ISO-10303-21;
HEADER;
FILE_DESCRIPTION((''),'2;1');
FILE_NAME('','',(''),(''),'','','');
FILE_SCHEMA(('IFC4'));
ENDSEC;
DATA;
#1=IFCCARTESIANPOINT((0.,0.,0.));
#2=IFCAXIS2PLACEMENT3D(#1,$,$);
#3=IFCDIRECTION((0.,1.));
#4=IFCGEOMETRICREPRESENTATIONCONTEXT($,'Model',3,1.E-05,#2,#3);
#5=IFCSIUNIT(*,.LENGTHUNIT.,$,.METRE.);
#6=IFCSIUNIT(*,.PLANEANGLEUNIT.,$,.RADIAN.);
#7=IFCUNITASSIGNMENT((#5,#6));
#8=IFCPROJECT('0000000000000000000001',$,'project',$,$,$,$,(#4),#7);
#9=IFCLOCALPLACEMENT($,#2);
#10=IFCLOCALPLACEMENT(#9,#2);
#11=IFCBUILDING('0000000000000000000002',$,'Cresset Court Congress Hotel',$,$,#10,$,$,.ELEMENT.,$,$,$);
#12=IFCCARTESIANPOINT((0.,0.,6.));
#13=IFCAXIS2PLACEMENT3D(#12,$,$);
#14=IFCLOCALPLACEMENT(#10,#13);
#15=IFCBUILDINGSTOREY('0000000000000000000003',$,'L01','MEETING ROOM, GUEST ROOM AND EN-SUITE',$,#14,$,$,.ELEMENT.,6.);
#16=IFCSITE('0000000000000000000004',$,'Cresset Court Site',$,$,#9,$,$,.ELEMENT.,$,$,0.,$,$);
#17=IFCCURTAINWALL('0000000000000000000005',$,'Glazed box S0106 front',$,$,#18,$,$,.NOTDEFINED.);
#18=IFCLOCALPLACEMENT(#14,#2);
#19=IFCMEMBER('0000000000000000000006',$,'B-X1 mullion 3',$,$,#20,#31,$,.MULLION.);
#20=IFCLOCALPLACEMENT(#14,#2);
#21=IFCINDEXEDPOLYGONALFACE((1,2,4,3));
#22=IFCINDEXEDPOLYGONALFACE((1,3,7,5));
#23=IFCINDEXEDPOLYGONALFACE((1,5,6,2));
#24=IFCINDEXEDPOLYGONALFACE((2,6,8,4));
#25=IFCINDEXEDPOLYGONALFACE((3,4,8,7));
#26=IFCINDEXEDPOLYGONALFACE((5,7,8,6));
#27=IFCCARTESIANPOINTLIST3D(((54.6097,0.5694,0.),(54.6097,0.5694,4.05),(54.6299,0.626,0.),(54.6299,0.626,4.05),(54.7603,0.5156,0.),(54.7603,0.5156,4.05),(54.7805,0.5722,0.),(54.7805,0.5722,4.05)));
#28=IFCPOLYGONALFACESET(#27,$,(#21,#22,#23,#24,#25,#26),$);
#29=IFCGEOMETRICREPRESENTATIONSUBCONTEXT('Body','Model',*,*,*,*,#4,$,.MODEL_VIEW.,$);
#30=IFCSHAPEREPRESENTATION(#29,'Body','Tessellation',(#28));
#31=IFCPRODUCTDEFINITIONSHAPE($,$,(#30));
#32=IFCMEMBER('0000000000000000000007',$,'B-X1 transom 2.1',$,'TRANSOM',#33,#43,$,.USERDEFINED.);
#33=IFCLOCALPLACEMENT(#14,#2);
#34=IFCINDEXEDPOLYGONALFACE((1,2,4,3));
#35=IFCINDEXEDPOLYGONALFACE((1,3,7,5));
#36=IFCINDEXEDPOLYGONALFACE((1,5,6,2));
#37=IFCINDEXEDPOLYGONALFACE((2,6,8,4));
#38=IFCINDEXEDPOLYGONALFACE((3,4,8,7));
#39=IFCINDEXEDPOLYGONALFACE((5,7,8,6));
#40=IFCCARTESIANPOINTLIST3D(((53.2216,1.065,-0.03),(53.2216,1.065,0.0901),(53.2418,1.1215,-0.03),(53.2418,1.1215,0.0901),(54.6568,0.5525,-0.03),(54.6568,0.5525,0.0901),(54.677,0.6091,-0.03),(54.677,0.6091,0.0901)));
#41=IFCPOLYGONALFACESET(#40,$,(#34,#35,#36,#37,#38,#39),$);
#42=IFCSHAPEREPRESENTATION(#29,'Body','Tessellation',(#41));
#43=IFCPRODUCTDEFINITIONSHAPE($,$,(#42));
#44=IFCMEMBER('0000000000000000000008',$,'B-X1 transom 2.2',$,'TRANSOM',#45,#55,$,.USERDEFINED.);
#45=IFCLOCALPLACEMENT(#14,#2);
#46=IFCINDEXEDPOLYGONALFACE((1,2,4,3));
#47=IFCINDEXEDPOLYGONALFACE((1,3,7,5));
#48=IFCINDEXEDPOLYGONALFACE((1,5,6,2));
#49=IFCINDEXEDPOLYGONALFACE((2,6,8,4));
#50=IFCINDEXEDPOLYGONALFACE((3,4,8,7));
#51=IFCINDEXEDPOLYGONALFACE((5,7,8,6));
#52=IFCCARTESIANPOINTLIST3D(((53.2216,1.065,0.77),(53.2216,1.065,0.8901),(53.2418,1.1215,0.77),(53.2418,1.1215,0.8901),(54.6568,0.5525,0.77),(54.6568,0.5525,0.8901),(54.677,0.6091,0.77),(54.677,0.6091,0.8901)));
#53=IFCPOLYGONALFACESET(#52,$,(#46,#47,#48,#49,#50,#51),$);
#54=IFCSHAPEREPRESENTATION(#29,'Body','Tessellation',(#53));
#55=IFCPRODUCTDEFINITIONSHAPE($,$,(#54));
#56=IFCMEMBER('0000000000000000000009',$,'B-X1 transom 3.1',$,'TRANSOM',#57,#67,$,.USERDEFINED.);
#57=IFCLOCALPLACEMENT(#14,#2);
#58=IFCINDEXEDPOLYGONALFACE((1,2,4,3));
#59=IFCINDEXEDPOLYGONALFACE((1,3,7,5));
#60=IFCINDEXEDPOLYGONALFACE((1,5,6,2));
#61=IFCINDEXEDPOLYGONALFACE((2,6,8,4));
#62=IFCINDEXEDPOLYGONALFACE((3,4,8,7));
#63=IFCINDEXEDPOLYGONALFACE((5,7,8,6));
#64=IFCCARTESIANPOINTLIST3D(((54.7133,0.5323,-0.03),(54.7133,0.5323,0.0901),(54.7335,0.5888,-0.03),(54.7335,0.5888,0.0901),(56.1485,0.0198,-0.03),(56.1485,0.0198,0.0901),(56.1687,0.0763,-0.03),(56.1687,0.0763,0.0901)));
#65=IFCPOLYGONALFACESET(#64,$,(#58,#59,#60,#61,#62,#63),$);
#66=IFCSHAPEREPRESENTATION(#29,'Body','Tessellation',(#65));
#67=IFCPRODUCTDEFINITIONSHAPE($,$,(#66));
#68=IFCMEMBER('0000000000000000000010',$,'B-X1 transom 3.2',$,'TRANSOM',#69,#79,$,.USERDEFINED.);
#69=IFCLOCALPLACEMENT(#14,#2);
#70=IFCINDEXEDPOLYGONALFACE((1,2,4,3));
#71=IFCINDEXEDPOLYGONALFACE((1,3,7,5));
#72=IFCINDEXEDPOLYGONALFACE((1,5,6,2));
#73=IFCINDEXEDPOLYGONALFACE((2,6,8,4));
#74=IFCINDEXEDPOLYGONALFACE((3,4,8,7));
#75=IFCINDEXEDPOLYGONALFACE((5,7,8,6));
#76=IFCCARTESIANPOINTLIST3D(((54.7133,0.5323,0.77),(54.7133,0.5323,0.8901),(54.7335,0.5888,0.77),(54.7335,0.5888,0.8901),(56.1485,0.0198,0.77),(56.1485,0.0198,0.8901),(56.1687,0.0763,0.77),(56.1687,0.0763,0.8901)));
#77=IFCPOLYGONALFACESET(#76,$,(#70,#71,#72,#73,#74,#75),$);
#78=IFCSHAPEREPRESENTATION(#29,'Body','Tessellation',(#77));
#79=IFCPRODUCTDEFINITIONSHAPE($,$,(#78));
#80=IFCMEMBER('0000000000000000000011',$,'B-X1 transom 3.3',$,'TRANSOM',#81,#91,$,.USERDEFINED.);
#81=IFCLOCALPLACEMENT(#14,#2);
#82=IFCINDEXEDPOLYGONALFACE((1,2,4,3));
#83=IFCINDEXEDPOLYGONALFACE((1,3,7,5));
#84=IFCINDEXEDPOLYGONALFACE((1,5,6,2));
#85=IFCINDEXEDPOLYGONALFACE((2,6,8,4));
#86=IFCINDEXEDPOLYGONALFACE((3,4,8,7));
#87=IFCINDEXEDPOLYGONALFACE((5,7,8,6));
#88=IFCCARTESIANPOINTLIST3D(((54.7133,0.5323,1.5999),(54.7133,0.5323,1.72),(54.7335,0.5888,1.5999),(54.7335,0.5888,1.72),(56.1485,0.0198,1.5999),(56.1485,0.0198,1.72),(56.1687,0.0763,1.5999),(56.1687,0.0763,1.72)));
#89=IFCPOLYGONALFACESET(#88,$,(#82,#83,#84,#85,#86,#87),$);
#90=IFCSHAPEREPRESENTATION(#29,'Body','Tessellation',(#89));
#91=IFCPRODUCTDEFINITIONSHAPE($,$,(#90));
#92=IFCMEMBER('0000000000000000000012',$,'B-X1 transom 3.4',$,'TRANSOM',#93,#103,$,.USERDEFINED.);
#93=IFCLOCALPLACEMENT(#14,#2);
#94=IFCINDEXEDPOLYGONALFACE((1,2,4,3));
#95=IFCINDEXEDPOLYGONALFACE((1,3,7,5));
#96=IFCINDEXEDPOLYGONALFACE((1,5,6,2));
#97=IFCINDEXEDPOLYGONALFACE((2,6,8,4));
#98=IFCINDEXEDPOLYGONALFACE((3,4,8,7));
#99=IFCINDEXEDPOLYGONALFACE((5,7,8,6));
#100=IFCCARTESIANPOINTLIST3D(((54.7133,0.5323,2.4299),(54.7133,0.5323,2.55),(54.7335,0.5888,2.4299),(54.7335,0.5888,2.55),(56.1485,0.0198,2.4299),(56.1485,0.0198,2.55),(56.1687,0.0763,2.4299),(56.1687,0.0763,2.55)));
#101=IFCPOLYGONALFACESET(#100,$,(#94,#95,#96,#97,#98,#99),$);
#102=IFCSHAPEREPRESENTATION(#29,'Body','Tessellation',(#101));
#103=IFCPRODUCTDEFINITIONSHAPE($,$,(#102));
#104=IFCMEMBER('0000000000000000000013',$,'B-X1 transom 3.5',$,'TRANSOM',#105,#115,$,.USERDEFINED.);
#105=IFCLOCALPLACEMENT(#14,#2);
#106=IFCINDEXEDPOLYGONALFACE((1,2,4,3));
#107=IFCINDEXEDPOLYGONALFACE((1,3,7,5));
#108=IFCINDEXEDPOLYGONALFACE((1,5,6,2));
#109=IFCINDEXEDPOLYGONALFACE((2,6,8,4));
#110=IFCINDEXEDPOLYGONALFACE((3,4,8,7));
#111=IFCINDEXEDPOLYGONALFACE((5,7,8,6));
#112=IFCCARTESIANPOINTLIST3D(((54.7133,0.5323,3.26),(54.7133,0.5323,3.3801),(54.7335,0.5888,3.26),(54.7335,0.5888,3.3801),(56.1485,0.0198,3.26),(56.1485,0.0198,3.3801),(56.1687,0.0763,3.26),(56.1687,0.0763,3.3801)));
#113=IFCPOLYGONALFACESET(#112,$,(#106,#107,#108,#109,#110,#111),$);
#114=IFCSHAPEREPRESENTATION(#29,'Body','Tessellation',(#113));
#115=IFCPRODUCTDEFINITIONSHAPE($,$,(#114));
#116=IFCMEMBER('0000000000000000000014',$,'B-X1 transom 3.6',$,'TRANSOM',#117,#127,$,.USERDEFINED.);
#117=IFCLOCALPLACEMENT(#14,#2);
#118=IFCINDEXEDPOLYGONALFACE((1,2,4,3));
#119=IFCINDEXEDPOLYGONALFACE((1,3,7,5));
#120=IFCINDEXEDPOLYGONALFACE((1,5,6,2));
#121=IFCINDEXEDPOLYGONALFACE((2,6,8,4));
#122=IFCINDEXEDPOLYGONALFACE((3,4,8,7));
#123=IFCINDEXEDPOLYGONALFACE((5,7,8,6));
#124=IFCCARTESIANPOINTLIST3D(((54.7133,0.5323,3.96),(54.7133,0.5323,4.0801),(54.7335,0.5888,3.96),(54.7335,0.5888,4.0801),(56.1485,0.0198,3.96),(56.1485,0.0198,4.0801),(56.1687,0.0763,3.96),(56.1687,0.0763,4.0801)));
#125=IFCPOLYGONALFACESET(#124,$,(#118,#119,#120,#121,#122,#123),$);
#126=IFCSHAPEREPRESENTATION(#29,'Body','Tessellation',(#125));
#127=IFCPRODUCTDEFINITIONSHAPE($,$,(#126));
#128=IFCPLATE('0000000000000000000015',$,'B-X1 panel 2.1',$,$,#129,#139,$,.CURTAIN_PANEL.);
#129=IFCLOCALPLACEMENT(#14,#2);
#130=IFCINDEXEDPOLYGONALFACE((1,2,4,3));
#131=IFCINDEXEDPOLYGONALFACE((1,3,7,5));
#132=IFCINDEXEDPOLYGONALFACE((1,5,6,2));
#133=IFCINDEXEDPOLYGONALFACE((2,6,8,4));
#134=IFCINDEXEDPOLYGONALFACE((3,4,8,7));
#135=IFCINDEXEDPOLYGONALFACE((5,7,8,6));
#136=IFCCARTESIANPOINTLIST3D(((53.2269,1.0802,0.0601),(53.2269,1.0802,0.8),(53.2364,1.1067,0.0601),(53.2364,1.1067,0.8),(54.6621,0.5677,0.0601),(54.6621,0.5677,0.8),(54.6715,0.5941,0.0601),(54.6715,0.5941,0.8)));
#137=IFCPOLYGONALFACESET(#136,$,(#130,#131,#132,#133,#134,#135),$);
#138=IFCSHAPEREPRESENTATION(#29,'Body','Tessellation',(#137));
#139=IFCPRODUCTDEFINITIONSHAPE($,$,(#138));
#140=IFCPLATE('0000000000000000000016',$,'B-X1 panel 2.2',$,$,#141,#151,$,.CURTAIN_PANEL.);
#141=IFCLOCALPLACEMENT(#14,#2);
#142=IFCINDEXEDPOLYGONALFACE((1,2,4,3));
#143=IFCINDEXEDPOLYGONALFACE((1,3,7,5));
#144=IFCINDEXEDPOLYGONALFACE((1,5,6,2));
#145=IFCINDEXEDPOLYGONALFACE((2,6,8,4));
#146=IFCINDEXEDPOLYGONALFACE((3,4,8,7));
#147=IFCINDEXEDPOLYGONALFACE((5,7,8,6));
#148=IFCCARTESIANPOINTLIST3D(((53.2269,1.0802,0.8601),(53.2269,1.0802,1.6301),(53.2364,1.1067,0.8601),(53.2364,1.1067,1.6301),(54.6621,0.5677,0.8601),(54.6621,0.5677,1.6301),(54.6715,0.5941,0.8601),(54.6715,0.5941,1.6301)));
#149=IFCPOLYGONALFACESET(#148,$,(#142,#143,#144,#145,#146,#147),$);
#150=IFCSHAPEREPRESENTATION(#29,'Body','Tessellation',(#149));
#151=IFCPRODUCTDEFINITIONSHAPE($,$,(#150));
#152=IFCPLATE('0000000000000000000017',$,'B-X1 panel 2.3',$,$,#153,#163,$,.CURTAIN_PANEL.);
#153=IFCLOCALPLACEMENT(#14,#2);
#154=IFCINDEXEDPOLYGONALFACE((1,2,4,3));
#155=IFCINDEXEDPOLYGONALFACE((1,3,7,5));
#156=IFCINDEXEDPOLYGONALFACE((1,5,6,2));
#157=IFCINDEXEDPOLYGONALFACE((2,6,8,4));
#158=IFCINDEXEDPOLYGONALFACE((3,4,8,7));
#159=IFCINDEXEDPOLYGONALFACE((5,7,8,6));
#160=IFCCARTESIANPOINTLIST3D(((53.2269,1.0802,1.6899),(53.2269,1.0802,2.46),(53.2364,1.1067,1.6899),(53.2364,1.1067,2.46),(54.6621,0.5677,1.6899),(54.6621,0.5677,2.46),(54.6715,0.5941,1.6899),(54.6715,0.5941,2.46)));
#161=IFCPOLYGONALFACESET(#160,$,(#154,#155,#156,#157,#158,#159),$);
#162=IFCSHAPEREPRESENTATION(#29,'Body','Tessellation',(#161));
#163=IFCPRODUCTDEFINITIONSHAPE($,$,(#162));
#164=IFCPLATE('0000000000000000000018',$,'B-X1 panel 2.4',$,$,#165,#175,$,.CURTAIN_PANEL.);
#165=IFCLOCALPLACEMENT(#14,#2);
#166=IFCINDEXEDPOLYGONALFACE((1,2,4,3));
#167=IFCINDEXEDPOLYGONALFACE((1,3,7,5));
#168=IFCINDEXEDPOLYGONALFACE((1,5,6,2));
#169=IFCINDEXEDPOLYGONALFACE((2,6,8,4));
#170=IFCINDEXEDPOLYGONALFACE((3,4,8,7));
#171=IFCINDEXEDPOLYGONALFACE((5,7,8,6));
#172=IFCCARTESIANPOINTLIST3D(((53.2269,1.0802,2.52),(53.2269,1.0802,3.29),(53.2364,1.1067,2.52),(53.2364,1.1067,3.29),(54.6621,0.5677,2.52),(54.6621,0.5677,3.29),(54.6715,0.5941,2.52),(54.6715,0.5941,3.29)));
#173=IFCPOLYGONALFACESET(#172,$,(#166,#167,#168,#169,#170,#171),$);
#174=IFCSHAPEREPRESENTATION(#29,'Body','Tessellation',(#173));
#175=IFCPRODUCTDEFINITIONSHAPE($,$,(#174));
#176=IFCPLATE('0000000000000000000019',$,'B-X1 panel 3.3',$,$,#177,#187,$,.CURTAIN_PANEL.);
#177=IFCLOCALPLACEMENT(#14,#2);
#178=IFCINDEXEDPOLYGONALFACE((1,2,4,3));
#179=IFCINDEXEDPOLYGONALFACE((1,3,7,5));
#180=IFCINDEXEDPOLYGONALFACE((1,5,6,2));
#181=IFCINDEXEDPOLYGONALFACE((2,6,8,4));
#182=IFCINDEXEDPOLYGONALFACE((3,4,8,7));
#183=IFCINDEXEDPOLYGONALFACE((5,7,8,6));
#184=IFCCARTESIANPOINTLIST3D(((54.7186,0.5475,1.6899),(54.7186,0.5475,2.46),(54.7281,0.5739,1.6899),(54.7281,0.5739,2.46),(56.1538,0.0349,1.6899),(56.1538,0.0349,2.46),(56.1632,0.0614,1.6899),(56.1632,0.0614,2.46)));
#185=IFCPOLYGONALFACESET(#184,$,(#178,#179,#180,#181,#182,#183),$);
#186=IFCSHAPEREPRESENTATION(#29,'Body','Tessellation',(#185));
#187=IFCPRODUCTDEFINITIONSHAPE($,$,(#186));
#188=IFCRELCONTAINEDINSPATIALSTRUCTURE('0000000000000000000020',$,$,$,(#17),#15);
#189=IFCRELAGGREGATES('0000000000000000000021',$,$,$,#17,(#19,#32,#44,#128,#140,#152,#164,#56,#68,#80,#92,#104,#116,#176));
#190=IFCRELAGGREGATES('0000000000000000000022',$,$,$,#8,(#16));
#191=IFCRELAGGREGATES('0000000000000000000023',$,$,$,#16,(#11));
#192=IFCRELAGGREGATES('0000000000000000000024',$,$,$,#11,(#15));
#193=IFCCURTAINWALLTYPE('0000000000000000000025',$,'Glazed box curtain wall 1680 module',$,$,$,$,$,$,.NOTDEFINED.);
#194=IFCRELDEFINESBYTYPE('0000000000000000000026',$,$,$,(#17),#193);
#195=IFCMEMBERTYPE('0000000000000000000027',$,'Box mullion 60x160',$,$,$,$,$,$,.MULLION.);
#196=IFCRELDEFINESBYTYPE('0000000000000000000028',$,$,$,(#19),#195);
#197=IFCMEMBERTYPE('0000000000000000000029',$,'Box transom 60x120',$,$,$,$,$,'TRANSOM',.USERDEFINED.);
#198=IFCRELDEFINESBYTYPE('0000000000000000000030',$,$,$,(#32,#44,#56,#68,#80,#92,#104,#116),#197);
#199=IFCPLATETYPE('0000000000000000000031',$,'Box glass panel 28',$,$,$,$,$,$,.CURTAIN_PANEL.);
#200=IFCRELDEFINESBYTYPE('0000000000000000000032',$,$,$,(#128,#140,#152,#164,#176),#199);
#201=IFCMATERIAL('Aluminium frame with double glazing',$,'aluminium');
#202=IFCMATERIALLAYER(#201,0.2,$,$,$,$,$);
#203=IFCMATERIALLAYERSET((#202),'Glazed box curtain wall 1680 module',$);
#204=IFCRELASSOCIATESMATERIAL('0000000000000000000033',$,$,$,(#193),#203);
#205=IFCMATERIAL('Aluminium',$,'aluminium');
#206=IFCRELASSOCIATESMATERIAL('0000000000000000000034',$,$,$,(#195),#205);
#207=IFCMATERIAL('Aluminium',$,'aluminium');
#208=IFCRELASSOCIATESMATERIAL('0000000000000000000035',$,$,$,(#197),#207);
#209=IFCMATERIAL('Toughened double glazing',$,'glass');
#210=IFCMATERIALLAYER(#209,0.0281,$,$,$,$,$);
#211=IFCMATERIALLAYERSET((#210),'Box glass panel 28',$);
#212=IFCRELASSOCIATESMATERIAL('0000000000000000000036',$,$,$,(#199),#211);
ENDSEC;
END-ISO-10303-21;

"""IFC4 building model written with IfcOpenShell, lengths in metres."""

from ifc_helpers import new_model, si_unit, direction, frame, origin, origin_2d, place, context, subcontext, project, spatial, rectangle, extrude, material, layer, layer_set, material_profile, profile_set, type_object, element, aggregate, save


model = new_model("IFC4")

# Units and contexts
model_context = context("Model", 3, precision=1e-05, world=origin(), true_north=direction((0.0, 1.0)))
body_context = subcontext(model_context, "Body", "Model", "MODEL_VIEW")
ifc_project = project(units=[si_unit("LENGTHUNIT", "METRE"), si_unit("PLANEANGLEUNIT", "RADIAN")], contexts=[model_context])

# Site, building, storey
site_placement = place(None, origin())
site = spatial("IfcSite", under=ifc_project, at=site_placement, Name="Cresset Court Site", CompositionType="ELEMENT", RefElevation=0.0)
building_placement = place(site_placement, origin())
building = spatial("IfcBuilding", under=site, at=building_placement, Name="Cresset Court Congress Hotel", CompositionType="ELEMENT")
storey_placement = place(building_placement, frame((0.0, 0.0, 6.0)))
storey = spatial("IfcBuildingStorey", under=building, at=storey_placement, Name="L01", Description="MEETING ROOM, GUEST ROOM AND EN-SUITE", CompositionType="ELEMENT", Elevation=6.0)

# Curtain wall, members, plates
ifc_material_1 = material(Name="Aluminium frame with double glazing", Category="aluminium")
ifc_layer_1 = layer(ifc_material_1, 0.2)
ifc_layer_set_1 = layer_set([ifc_layer_1], Name="Glazed box curtain wall 1680 module")
curtain_wall_type = type_object("IfcCurtainWallType", Name="Glazed box curtain wall 1680 module", PredefinedType="NOTDEFINED", material=ifc_layer_set_1)
curtain_wall_1_placement = place(storey_placement, origin())
curtain_wall_1 = element("IfcCurtainWall", 1, at=curtain_wall_1_placement, inside=storey, type_object=curtain_wall_type, Name="Glazed box S0106 front", PredefinedType="NOTDEFINED")
ifc_material_2 = material(Name="Aluminium", Category="aluminium")
ifc_material_profile_1 = material_profile(ifc_material_2, rectangle(XDim=0.0601, YDim=0.1599, at=origin_2d()), Name="Box mullion 60x160")
ifc_profile_set_1 = profile_set([ifc_material_profile_1], Name="Aluminium")
member_type_1 = type_object("IfcMemberType", Name="Box mullion 60x160", PredefinedType="MULLION", material=ifc_profile_set_1)
member_1_placement = place(storey_placement, frame((54.6951, 0.5708, 0.0), z_axis=(0.0, 0.0, 1.0), x_axis=(0.336336, 0.941742, 0.0)))
member_1 = element("IfcMember", 2, at=member_1_placement, type_object=member_type_1, Name="B-X1 mullion 3", PredefinedType="MULLION", context=body_context, shape_type="SweptSolid", body=[
    extrude(rectangle(XDim=0.0601, YDim=0.1599, at=origin_2d()), origin(), (0.0, 0.0, 1.0), 4.05),
])
ifc_material_3 = material(Name="Aluminium", Category="aluminium")
ifc_material_profile_2 = material_profile(ifc_material_3, rectangle(XDim=0.0601, YDim=0.1201, at=origin_2d()), Name="Box transom 60x120")
ifc_profile_set_2 = profile_set([ifc_material_profile_2], Name="Aluminium")
member_type_2 = type_object("IfcMemberType", Name="Box transom 60x120", ElementType="TRANSOM", PredefinedType="USERDEFINED", material=ifc_profile_set_2)
member_2_placement = place(storey_placement, frame((53.2317, 1.0933, 0.03), z_axis=(0.941756, -0.336296, 0.0), x_axis=(0.336296, 0.941756, 0.0)))
member_2 = element("IfcMember", 3, at=member_2_placement, type_object=member_type_2, Name="B-X1 transom 2.1", ObjectType="TRANSOM", PredefinedType="USERDEFINED", context=body_context, shape_type="SweptSolid", body=[
    extrude(rectangle(XDim=0.0601, YDim=0.1201, at=origin_2d()), origin(), (0.0, 0.0, 1.0), 1.5239),
])
member_3_placement = place(storey_placement, frame((53.2317, 1.0933, 0.8301), z_axis=(0.941756, -0.336296, 0.0), x_axis=(0.336296, 0.941756, 0.0)))
member_3 = element("IfcMember", 4, at=member_3_placement, type_object=member_type_2, Name="B-X1 transom 2.2", ObjectType="TRANSOM", PredefinedType="USERDEFINED", context=body_context, shape_type="SweptSolid", body=[
    extrude(rectangle(XDim=0.0601, YDim=0.1201, at=origin_2d()), origin(), (0.0, 0.0, 1.0), 1.5239),
])
member_4_placement = place(storey_placement, frame((54.7234, 0.5605, 0.03), z_axis=(0.941756, -0.336296, 0.0), x_axis=(0.336296, 0.941756, 0.0)))
member_4 = element("IfcMember", 5, at=member_4_placement, type_object=member_type_2, Name="B-X1 transom 3.1", ObjectType="TRANSOM", PredefinedType="USERDEFINED", context=body_context, shape_type="SweptSolid", body=[
    extrude(rectangle(XDim=0.0601, YDim=0.1201, at=origin_2d()), origin(), (0.0, 0.0, 1.0), 1.5239),
])
member_5_placement = place(storey_placement, frame((54.7234, 0.5605, 0.8301), z_axis=(0.941756, -0.336296, 0.0), x_axis=(0.336296, 0.941756, 0.0)))
member_5 = element("IfcMember", 6, at=member_5_placement, type_object=member_type_2, Name="B-X1 transom 3.2", ObjectType="TRANSOM", PredefinedType="USERDEFINED", context=body_context, shape_type="SweptSolid", body=[
    extrude(rectangle(XDim=0.0601, YDim=0.1201, at=origin_2d()), origin(), (0.0, 0.0, 1.0), 1.5239),
])
member_6_placement = place(storey_placement, frame((54.7234, 0.5605, 1.6599), z_axis=(0.941756, -0.336296, 0.0), x_axis=(0.336296, 0.941756, 0.0)))
member_6 = element("IfcMember", 7, at=member_6_placement, type_object=member_type_2, Name="B-X1 transom 3.3", ObjectType="TRANSOM", PredefinedType="USERDEFINED", context=body_context, shape_type="SweptSolid", body=[
    extrude(rectangle(XDim=0.0601, YDim=0.1201, at=origin_2d()), origin(), (0.0, 0.0, 1.0), 1.5239),
])
member_7_placement = place(storey_placement, frame((54.7234, 0.5605, 2.49), z_axis=(0.941756, -0.336296, 0.0), x_axis=(0.336296, 0.941756, 0.0)))
member_7 = element("IfcMember", 8, at=member_7_placement, type_object=member_type_2, Name="B-X1 transom 3.4", ObjectType="TRANSOM", PredefinedType="USERDEFINED", context=body_context, shape_type="SweptSolid", body=[
    extrude(rectangle(XDim=0.0601, YDim=0.1201, at=origin_2d()), origin(), (0.0, 0.0, 1.0), 1.5239),
])
member_8_placement = place(storey_placement, frame((54.7234, 0.5605, 3.3201), z_axis=(0.941756, -0.336296, 0.0), x_axis=(0.336296, 0.941756, 0.0)))
member_8 = element("IfcMember", 9, at=member_8_placement, type_object=member_type_2, Name="B-X1 transom 3.5", ObjectType="TRANSOM", PredefinedType="USERDEFINED", context=body_context, shape_type="SweptSolid", body=[
    extrude(rectangle(XDim=0.0601, YDim=0.1201, at=origin_2d()), origin(), (0.0, 0.0, 1.0), 1.5239),
])
member_9_placement = place(storey_placement, frame((54.7234, 0.5605, 4.02), z_axis=(0.941756, -0.336296, 0.0), x_axis=(0.336296, 0.941756, 0.0)))
member_9 = element("IfcMember", 10, at=member_9_placement, type_object=member_type_2, Name="B-X1 transom 3.6", ObjectType="TRANSOM", PredefinedType="USERDEFINED", context=body_context, shape_type="SweptSolid", body=[
    extrude(rectangle(XDim=0.0601, YDim=0.1201, at=origin_2d()), origin(), (0.0, 0.0, 1.0), 1.5239),
])
ifc_material_4 = material(Name="Toughened double glazing", Category="glass")
ifc_layer_2 = layer(ifc_material_4, 0.0281)
ifc_layer_set_2 = layer_set([ifc_layer_2], Name="Box glass panel 28")
plate_type_1 = type_object("IfcPlateType", Name="Box glass panel 28", PredefinedType="CURTAIN_PANEL", material=ifc_layer_set_2)
plate_1_placement = place(storey_placement, frame((53.9492, 0.8372, 0.0601), z_axis=(0.0, 0.0, 1.0), x_axis=(0.941742, -0.336336, 0.0)))
plate_1 = element("IfcPlate", 11, at=plate_1_placement, type_object=plate_type_1, Name="B-X1 panel 2.1", PredefinedType="CURTAIN_PANEL", context=body_context, shape_type="SweptSolid", body=[
    extrude(rectangle(XDim=1.5239, YDim=0.0281, at=origin_2d()), origin(), (0.0, 0.0, 1.0), 0.74),
])
plate_2_placement = place(storey_placement, frame((53.9492, 0.8372, 0.8601), z_axis=(0.0, 0.0, 1.0), x_axis=(0.941742, -0.336336, 0.0)))
plate_2 = element("IfcPlate", 12, at=plate_2_placement, type_object=plate_type_1, Name="B-X1 panel 2.2", PredefinedType="CURTAIN_PANEL", context=body_context, shape_type="SweptSolid", body=[
    extrude(rectangle(XDim=1.5239, YDim=0.0281, at=origin_2d()), origin(), (0.0, 0.0, 1.0), 0.77),
])
plate_3_placement = place(storey_placement, frame((53.9492, 0.8372, 1.6899), z_axis=(0.0, 0.0, 1.0), x_axis=(0.941742, -0.336336, 0.0)))
plate_3 = element("IfcPlate", 13, at=plate_3_placement, type_object=plate_type_1, Name="B-X1 panel 2.3", PredefinedType="CURTAIN_PANEL", context=body_context, shape_type="SweptSolid", body=[
    extrude(rectangle(XDim=1.5239, YDim=0.0281, at=origin_2d()), origin(), (0.0, 0.0, 1.0), 0.77),
])
plate_4_placement = place(storey_placement, frame((53.9492, 0.8372, 2.52), z_axis=(0.0, 0.0, 1.0), x_axis=(0.941742, -0.336336, 0.0)))
plate_4 = element("IfcPlate", 14, at=plate_4_placement, type_object=plate_type_1, Name="B-X1 panel 2.4", PredefinedType="CURTAIN_PANEL", context=body_context, shape_type="SweptSolid", body=[
    extrude(rectangle(XDim=1.5239, YDim=0.0281, at=origin_2d()), origin(), (0.0, 0.0, 1.0), 0.77),
])
plate_5_placement = place(storey_placement, frame((55.4409, 0.3044, 1.6899), z_axis=(0.0, 0.0, 1.0), x_axis=(0.941742, -0.336336, 0.0)))
plate_5 = element("IfcPlate", 15, at=plate_5_placement, type_object=plate_type_1, Name="B-X1 panel 3.3", PredefinedType="CURTAIN_PANEL", context=body_context, shape_type="SweptSolid", body=[
    extrude(rectangle(XDim=1.5239, YDim=0.0281, at=origin_2d()), origin(), (0.0, 0.0, 1.0), 0.77),
])

aggregate(curtain_wall_1, [member_1, member_2, member_3, plate_1, plate_2, plate_3, plate_4, member_4, member_5, member_6, member_7, member_8, member_9, plate_5])

save(model, "model.ifc")
